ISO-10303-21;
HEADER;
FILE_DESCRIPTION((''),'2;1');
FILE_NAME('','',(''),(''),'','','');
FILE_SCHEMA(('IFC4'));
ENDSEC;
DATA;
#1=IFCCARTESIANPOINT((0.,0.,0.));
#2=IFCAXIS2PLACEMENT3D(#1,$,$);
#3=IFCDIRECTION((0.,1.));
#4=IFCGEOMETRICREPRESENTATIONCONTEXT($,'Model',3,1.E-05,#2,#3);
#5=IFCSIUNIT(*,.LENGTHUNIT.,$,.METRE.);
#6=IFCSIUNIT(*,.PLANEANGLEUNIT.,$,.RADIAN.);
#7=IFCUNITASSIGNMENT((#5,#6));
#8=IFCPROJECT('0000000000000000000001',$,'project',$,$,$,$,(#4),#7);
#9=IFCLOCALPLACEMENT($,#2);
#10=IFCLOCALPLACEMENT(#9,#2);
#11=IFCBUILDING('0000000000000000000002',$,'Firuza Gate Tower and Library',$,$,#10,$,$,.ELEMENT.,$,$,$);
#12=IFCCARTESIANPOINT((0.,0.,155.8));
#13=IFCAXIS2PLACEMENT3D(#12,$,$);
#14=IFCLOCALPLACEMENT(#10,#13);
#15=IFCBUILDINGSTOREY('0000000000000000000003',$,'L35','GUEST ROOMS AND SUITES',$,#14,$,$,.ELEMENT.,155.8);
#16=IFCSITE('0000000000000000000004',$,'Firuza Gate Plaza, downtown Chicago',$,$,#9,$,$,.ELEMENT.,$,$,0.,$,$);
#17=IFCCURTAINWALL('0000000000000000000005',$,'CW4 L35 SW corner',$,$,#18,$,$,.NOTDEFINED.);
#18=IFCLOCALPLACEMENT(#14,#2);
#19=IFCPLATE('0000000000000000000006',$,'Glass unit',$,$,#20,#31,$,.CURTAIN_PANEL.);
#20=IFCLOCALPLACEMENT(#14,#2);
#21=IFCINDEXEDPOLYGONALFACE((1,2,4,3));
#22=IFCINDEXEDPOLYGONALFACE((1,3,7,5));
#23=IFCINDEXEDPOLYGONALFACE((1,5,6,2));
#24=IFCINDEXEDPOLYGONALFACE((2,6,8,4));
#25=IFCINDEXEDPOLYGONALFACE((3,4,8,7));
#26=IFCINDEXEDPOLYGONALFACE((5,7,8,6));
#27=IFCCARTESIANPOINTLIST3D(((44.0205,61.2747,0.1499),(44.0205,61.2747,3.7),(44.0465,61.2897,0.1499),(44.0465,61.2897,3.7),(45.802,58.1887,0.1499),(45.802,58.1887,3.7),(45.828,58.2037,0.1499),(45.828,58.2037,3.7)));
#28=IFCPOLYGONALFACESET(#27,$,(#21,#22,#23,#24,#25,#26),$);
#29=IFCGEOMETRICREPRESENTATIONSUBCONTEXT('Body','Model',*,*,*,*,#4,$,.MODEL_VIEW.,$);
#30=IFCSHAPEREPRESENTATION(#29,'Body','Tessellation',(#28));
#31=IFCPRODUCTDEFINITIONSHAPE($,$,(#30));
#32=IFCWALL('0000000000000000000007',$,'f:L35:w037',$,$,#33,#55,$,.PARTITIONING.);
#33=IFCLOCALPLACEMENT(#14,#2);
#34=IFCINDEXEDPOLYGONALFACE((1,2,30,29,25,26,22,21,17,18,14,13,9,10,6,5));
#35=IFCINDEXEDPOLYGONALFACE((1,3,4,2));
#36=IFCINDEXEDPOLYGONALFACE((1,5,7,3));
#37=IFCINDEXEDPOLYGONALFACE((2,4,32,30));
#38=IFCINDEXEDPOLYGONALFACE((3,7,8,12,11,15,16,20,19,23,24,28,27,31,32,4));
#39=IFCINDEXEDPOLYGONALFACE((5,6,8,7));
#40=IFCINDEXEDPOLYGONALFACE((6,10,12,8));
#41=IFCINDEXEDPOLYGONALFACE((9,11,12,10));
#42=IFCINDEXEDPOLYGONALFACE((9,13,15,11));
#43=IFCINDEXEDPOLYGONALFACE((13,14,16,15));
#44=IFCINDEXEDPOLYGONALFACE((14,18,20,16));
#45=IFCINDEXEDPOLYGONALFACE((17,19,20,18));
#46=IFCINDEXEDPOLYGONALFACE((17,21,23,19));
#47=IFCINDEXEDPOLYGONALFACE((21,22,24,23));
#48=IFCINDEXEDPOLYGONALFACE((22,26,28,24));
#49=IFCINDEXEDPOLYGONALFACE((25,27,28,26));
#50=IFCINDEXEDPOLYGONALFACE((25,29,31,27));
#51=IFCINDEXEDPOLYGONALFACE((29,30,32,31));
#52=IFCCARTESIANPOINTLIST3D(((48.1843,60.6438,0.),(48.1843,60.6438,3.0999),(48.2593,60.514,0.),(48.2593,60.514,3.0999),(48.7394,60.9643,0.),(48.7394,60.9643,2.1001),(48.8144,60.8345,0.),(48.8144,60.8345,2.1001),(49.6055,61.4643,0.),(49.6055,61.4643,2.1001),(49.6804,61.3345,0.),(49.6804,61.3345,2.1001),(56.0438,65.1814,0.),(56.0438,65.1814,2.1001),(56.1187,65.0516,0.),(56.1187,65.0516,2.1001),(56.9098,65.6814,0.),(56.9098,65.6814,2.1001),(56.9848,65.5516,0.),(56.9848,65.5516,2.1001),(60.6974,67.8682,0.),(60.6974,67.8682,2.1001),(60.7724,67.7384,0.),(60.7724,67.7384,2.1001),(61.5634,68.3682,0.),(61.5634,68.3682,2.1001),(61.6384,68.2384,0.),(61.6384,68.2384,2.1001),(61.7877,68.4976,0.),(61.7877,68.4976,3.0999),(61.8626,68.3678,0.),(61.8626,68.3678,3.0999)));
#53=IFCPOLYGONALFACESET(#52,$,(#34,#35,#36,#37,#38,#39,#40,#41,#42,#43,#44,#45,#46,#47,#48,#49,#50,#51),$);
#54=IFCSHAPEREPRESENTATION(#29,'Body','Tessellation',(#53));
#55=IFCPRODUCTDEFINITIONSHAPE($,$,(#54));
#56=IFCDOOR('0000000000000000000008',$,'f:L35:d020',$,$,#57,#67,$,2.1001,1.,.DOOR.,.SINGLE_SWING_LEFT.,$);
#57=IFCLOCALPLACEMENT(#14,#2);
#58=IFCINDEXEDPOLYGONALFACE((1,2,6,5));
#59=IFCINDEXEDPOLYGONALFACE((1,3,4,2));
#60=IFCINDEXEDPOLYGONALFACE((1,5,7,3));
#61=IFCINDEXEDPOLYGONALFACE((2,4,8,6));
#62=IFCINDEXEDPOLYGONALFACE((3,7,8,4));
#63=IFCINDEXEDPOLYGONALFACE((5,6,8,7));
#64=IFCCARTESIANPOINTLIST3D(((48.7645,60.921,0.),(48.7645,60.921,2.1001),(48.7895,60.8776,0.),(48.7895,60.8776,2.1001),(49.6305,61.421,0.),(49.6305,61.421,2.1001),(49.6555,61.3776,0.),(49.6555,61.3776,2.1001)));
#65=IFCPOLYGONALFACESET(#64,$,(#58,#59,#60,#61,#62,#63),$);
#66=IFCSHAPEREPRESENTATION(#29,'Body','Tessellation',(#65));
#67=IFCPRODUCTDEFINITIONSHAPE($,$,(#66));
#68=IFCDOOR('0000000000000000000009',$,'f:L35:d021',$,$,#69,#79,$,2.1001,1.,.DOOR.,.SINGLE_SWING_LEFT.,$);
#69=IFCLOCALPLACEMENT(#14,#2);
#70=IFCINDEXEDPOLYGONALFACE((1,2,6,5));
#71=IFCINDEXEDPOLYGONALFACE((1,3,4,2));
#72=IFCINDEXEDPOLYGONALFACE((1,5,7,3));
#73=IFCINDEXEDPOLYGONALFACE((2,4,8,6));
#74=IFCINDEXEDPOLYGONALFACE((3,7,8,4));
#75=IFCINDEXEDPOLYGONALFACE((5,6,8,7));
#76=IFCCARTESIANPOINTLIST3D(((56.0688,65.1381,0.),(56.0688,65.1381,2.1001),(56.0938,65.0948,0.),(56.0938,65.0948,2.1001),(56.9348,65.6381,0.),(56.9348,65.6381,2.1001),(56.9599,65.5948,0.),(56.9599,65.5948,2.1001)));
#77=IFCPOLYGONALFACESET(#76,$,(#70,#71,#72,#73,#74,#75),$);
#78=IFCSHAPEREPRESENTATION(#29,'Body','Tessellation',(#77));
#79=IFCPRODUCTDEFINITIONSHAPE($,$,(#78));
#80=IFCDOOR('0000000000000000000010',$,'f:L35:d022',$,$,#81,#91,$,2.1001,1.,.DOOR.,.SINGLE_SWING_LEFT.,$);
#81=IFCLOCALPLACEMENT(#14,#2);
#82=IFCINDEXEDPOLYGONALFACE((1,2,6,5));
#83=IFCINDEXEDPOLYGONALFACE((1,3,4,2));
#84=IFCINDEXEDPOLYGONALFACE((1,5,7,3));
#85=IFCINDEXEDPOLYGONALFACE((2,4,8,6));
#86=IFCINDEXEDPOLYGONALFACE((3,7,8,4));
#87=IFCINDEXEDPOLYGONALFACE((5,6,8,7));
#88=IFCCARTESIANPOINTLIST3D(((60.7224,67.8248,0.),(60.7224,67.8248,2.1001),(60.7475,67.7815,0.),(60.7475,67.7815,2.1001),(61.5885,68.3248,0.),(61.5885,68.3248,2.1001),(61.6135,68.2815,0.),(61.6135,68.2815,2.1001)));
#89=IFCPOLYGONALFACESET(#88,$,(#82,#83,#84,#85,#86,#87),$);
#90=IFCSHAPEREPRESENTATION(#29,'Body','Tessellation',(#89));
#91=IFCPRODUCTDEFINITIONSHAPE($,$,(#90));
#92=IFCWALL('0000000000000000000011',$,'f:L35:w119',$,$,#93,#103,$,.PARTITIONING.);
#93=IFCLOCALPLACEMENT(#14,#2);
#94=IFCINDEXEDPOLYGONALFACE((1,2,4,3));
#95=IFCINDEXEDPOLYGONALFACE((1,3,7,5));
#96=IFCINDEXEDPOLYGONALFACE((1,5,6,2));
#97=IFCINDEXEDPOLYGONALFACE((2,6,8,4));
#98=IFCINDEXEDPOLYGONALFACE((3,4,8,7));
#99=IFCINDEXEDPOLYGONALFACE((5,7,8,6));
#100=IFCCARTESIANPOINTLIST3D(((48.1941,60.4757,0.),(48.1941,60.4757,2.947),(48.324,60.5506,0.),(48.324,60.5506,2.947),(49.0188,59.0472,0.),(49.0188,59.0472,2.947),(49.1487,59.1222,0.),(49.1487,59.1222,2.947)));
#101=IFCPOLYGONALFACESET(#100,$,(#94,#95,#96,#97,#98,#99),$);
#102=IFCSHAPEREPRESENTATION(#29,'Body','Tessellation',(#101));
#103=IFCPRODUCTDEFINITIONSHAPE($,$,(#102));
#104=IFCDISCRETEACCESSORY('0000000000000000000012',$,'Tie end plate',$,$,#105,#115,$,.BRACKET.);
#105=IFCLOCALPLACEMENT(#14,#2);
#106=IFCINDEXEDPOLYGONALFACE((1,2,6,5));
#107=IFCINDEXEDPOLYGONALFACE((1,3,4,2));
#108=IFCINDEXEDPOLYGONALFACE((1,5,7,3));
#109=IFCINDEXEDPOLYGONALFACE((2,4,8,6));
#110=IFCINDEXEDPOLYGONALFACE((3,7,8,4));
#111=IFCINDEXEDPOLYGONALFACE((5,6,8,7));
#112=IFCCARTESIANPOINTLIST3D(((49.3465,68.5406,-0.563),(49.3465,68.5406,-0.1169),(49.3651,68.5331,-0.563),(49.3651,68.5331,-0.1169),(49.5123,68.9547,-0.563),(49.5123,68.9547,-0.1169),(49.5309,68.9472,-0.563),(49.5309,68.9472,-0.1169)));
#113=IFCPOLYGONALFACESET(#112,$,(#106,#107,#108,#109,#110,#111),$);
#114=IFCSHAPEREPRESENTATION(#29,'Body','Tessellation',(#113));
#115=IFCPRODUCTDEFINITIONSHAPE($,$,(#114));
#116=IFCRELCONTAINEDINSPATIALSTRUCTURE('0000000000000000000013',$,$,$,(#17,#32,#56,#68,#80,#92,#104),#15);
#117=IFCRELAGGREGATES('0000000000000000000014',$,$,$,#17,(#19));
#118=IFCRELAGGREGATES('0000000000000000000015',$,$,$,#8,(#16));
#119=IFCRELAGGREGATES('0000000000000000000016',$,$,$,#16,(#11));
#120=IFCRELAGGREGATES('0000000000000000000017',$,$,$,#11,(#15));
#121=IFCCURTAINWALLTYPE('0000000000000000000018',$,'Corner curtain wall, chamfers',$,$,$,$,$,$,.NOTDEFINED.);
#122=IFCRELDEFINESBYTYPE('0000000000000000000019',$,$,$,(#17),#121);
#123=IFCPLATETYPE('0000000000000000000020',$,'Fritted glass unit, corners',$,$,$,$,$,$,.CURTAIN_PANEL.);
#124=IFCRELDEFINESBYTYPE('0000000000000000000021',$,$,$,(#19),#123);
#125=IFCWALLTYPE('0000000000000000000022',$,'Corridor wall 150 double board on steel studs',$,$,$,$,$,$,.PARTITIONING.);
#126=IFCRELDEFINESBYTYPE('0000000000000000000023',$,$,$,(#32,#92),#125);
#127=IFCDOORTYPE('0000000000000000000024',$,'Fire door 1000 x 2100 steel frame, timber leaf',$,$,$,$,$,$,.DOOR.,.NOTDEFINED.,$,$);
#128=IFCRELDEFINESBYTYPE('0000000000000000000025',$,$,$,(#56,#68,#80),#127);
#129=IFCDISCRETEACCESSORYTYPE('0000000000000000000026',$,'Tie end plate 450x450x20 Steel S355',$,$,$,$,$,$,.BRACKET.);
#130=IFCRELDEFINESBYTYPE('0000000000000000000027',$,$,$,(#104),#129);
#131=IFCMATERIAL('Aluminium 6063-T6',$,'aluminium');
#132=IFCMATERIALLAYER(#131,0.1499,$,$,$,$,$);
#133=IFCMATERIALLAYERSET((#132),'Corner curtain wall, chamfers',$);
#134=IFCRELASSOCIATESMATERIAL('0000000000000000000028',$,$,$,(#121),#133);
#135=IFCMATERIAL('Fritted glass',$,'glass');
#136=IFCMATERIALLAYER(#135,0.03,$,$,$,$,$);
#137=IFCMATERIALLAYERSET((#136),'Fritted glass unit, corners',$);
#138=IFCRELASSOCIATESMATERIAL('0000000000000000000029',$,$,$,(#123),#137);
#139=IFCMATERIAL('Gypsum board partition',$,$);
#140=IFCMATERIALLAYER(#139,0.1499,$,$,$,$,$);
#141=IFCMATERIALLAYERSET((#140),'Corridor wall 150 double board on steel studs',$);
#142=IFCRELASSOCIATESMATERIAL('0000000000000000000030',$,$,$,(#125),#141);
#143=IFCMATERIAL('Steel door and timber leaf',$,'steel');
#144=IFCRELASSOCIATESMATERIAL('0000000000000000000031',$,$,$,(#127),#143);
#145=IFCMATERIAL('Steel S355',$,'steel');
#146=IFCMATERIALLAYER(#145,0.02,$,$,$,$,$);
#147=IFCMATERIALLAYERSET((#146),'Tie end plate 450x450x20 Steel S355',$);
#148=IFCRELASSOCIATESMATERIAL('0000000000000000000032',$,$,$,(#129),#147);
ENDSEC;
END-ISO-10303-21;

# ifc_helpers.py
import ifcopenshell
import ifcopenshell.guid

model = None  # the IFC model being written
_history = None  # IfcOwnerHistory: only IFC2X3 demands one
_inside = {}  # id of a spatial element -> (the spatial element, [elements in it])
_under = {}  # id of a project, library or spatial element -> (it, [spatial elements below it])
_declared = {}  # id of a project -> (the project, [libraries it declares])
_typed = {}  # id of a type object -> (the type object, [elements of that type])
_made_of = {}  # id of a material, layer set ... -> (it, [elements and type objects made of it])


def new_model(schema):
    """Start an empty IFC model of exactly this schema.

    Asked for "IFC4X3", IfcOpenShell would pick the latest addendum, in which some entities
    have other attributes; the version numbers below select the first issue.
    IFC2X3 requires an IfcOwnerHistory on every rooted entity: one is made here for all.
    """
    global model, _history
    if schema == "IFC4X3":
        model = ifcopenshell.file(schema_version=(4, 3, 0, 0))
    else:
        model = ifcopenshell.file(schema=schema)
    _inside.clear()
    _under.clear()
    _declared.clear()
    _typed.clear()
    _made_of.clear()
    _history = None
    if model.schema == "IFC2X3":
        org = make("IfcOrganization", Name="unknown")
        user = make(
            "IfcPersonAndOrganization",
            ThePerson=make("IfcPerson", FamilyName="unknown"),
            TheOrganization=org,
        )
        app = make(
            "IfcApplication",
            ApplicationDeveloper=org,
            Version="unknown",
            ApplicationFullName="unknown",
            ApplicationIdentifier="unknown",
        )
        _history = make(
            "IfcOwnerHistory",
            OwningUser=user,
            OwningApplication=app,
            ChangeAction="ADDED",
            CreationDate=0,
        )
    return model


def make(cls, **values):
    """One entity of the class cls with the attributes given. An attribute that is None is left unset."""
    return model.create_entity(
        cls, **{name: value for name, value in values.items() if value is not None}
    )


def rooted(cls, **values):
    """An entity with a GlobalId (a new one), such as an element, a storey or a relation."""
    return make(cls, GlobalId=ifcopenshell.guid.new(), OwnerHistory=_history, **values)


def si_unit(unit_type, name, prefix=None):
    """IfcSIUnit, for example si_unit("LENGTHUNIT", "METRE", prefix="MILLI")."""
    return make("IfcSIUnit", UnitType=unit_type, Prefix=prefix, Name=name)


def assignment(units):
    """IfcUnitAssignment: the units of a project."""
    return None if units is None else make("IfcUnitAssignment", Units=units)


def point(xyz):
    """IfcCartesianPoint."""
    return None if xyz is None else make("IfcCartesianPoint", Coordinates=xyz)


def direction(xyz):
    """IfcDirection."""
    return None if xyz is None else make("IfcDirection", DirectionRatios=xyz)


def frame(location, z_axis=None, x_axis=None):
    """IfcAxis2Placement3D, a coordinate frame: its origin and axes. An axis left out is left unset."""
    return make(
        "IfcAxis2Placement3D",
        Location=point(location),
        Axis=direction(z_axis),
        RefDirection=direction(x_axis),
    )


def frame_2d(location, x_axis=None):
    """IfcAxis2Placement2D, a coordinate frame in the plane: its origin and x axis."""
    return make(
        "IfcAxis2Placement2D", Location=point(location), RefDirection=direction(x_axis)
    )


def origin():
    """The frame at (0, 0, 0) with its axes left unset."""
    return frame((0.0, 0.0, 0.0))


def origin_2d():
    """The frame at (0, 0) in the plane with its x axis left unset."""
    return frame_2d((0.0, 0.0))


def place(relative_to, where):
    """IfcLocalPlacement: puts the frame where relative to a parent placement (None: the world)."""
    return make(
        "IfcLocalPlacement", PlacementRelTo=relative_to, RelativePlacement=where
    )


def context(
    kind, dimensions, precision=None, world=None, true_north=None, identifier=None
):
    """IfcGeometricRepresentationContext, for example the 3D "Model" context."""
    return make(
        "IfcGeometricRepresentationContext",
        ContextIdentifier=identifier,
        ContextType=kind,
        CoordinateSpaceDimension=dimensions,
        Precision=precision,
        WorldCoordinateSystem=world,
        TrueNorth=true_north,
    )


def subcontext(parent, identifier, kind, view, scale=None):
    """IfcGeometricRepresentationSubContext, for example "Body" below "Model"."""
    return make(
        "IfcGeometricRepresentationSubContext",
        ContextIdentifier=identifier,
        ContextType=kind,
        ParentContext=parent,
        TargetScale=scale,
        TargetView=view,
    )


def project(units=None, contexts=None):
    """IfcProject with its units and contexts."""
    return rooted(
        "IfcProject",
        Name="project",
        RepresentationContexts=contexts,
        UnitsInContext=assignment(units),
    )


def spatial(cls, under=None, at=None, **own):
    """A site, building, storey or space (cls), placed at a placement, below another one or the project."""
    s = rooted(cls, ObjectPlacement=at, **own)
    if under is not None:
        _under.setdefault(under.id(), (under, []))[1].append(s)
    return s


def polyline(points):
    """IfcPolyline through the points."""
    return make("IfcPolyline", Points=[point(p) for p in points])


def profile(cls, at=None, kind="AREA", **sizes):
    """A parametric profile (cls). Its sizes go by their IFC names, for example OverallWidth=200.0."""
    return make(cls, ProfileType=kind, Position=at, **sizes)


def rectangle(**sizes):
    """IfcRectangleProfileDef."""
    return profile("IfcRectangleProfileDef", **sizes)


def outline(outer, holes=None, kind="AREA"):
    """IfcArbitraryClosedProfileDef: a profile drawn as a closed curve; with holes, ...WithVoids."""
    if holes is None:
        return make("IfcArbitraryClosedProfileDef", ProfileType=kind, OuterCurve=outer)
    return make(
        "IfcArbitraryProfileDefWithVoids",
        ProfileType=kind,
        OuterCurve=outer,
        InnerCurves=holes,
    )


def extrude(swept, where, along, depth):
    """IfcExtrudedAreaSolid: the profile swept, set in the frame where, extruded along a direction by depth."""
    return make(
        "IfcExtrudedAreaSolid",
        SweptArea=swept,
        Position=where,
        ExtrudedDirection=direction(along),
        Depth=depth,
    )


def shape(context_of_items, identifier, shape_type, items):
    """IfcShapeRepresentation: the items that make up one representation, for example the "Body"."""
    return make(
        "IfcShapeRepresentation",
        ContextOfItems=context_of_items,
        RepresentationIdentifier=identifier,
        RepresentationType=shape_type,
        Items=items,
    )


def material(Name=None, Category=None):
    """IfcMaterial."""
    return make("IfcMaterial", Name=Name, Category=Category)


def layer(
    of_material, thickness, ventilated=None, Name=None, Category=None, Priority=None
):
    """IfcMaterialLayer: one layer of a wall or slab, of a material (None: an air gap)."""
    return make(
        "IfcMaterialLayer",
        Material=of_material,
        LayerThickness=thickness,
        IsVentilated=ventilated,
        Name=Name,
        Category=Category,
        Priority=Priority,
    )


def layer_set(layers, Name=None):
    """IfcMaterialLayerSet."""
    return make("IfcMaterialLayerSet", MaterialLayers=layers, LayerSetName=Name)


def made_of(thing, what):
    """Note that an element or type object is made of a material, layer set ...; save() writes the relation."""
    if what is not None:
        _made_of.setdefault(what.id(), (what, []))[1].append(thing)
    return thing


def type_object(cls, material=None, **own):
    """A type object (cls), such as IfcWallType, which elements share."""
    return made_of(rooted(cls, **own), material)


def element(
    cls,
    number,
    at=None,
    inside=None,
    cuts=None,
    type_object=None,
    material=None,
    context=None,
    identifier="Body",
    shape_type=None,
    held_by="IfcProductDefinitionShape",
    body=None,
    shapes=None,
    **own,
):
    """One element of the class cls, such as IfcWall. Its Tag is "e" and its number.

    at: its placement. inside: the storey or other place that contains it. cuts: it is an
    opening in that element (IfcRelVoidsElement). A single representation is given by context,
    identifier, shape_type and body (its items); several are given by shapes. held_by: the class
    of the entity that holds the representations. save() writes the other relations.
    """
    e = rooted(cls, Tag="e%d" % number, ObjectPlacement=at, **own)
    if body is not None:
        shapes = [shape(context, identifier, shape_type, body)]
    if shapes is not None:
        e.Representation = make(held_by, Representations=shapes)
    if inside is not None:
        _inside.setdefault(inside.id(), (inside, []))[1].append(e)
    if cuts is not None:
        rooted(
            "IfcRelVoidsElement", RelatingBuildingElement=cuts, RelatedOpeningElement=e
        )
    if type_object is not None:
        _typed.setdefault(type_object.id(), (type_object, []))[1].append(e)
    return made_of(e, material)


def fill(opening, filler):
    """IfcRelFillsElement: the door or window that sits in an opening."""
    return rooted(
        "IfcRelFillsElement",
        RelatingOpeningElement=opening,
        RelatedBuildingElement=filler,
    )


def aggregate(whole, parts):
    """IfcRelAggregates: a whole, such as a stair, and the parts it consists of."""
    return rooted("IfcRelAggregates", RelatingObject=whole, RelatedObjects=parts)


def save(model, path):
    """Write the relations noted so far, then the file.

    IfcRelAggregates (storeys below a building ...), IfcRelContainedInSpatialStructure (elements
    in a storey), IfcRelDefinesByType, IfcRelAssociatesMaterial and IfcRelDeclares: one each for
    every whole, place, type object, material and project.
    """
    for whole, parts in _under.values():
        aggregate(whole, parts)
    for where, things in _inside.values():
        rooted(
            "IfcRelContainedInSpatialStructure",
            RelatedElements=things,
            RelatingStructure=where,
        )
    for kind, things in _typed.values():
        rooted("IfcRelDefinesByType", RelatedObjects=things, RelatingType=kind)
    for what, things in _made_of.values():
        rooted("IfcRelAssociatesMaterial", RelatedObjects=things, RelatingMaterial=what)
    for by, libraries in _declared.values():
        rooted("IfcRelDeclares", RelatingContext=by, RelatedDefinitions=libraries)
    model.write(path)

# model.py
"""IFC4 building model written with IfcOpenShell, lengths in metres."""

from ifc_helpers import new_model, si_unit, direction, frame, frame_2d, origin, origin_2d, place, context, subcontext, project, spatial, polyline, rectangle, outline, extrude, material, layer, layer_set, type_object, element, fill, aggregate, save


model = new_model("IFC4")

# Units and contexts
model_context = context("Model", 3, precision=1e-05, world=origin(), true_north=direction((0.0, 1.0)))
body_context = subcontext(model_context, "Body", "Model", "MODEL_VIEW")
ifc_project = project(units=[si_unit("LENGTHUNIT", "METRE"), si_unit("PLANEANGLEUNIT", "RADIAN")], contexts=[model_context])

# Site, building, storey
site_placement = place(None, origin())
site = spatial("IfcSite", under=ifc_project, at=site_placement, Name="Firuza Gate Plaza, downtown Chicago", CompositionType="ELEMENT", RefElevation=0.0)
building_placement = place(site_placement, origin())
building = spatial("IfcBuilding", under=site, at=building_placement, Name="Firuza Gate Tower and Library", CompositionType="ELEMENT")
storey_placement = place(building_placement, frame((0.0, 0.0, 155.8)))
storey = spatial("IfcBuildingStorey", under=building, at=storey_placement, Name="L35", Description="GUEST ROOMS AND SUITES", CompositionType="ELEMENT", Elevation=155.8)

# Curtain wall
ifc_material_1 = material(Name="Aluminium 6063-T6", Category="aluminium")
ifc_layer_1 = layer(ifc_material_1, 0.1499)
ifc_layer_set_1 = layer_set([ifc_layer_1], Name="Corner curtain wall, chamfers")
curtain_wall_type = type_object("IfcCurtainWallType", Name="Corner curtain wall, chamfers", PredefinedType="NOTDEFINED", material=ifc_layer_set_1)
curtain_wall_placement = place(storey_placement, origin())
curtain_wall = element("IfcCurtainWall", 1, at=curtain_wall_placement, inside=storey, type_object=curtain_wall_type, Name="CW4 L35 SW corner", PredefinedType="NOTDEFINED")

# Plate
ifc_material_2 = material(Name="Fritted glass", Category="glass")
ifc_layer_2 = layer(ifc_material_2, 0.03)
ifc_layer_set_2 = layer_set([ifc_layer_2], Name="Fritted glass unit, corners")
plate_type = type_object("IfcPlateType", Name="Fritted glass unit, corners", PredefinedType="CURTAIN_PANEL", material=ifc_layer_set_2)
plate_placement = place(storey_placement, frame((44.0205, 61.2747, 0.1499), z_axis=(-0.866046, -0.499964, 0.0), x_axis=(0.499964, -0.866046, 0.0)))
plate = element("IfcPlate", 2, at=plate_placement, type_object=plate_type, Name="Glass unit", PredefinedType="CURTAIN_PANEL", context=body_context, shape_type="SweptSolid", body=[
    extrude(outline(polyline([(0.0, 0.0), (3.5632, 0.0), (3.5632, 3.55), (0.0, 3.55), (0.0, 0.0)])), origin(), (0.0, 0.0, -1.0), 0.03),
])
aggregate(curtain_wall, [plate])

# Wall, openings, doors
ifc_material_3 = material(Name="Gypsum board partition")
ifc_layer_3 = layer(ifc_material_3, 0.1499)
ifc_layer_set_3 = layer_set([ifc_layer_3], Name="Corridor wall 150 double board on steel studs")
wall_type = type_object("IfcWallType", Name="Corridor wall 150 double board on steel studs", PredefinedType="PARTITIONING", material=ifc_layer_set_3)
wall_1_placement = place(storey_placement, frame((48.2217, 60.5789, 0.0), z_axis=(0.0, 0.0, 1.0), x_axis=(0.866028, 0.499996, 0.0)))
wall_1 = element("IfcWall", 3, at=wall_1_placement, inside=storey, type_object=wall_type, Name="f:L35:w037", PredefinedType="PARTITIONING", context=body_context, shape_type="SweptSolid", body=[
    extrude(rectangle(XDim=15.7078, YDim=0.1499, at=frame_2d((7.854, 0.0))), origin(), (0.0, 0.0, 1.0), 3.0999),
])
opening_1_placement = place(wall_1_placement, frame((0.6411, 0.0, 0.0)))
opening_1 = element("IfcOpeningElement", 4, at=opening_1_placement, cuts=wall_1, PredefinedType="OPENING", context=body_context, shape_type="SweptSolid", body=[
    extrude(rectangle(XDim=1.0, YDim=2.1001, at=frame_2d((0.5, 1.05))), frame((0.0, 0.085, 0.0), z_axis=(0.0, -1.0, 0.0), x_axis=(1.0, 0.0, 0.0)), (0.0, 0.0, 1.0), 0.1699),
])
opening_2_placement = place(wall_1_placement, frame((9.0754, 0.0, 0.0)))
opening_2 = element("IfcOpeningElement", 5, at=opening_2_placement, cuts=wall_1, PredefinedType="OPENING", context=body_context, shape_type="SweptSolid", body=[
    extrude(rectangle(XDim=1.0, YDim=2.1001, at=frame_2d((0.5, 1.05))), frame((0.0, 0.085, 0.0), z_axis=(0.0, -1.0, 0.0), x_axis=(1.0, 0.0, 0.0)), (0.0, 0.0, 1.0), 0.1699),
])
opening_3_placement = place(wall_1_placement, frame((14.449, 0.0, 0.0)))
opening_3 = element("IfcOpeningElement", 6, at=opening_3_placement, cuts=wall_1, PredefinedType="OPENING", context=body_context, shape_type="SweptSolid", body=[
    extrude(rectangle(XDim=1.0, YDim=2.1001, at=frame_2d((0.5, 1.05))), frame((0.0, 0.085, 0.0), z_axis=(0.0, -1.0, 0.0), x_axis=(1.0, 0.0, 0.0)), (0.0, 0.0, 1.0), 0.1699),
])
ifc_material_4 = material(Name="Steel door and timber leaf", Category="steel")
door_type = type_object("IfcDoorType", Name="Fire door 1000 x 2100 steel frame, timber leaf", OperationType="NOTDEFINED", PredefinedType="DOOR", material=ifc_material_4)
door_1_placement = place(opening_1_placement, origin())
door_1 = element("IfcDoor", 7, at=door_1_placement, inside=storey, type_object=door_type, Name="f:L35:d020", OperationType="SINGLE_SWING_LEFT", OverallHeight=2.1001, OverallWidth=1.0, PredefinedType="DOOR", context=body_context, shape_type="SweptSolid", body=[
    extrude(rectangle(XDim=1.0, YDim=2.1001, at=frame_2d((0.5, 1.05))), frame((0.0, 0.0249, 0.0), z_axis=(0.0, -1.0, 0.0), x_axis=(1.0, 0.0, 0.0)), (0.0, 0.0, 1.0), 0.05),
])
fill(opening_1, door_1)
door_2_placement = place(opening_2_placement, origin())
door_2 = element("IfcDoor", 8, at=door_2_placement, inside=storey, type_object=door_type, Name="f:L35:d021", OperationType="SINGLE_SWING_LEFT", OverallHeight=2.1001, OverallWidth=1.0, PredefinedType="DOOR", context=body_context, shape_type="SweptSolid", body=[
    extrude(rectangle(XDim=1.0, YDim=2.1001, at=frame_2d((0.5, 1.05))), frame((0.0, 0.0249, 0.0), z_axis=(0.0, -1.0, 0.0), x_axis=(1.0, 0.0, 0.0)), (0.0, 0.0, 1.0), 0.05),
])
fill(opening_2, door_2)
door_3_placement = place(opening_3_placement, origin())
door_3 = element("IfcDoor", 9, at=door_3_placement, inside=storey, type_object=door_type, Name="f:L35:d022", OperationType="SINGLE_SWING_LEFT", OverallHeight=2.1001, OverallWidth=1.0, PredefinedType="DOOR", context=body_context, shape_type="SweptSolid", body=[
    extrude(rectangle(XDim=1.0, YDim=2.1001, at=frame_2d((0.5, 1.05))), frame((0.0, 0.0249, 0.0), z_axis=(0.0, -1.0, 0.0), x_axis=(1.0, 0.0, 0.0)), (0.0, 0.0, 1.0), 0.05),
])
fill(opening_3, door_3)

# Wall
wall_2_placement = place(storey_placement, frame((49.0837, 59.0847, 0.0), z_axis=(0.0, 0.0, 1.0), x_axis=(-0.499992, 0.86603, 0.0)))
element("IfcWall", 10, at=wall_2_placement, inside=storey, type_object=wall_type, Name="f:L35:w119", PredefinedType="PARTITIONING", context=body_context, shape_type="SweptSolid", body=[
    extrude(rectangle(XDim=1.6494, YDim=0.1499, at=frame_2d((0.8247, 0.0))), origin(), (0.0, 0.0, 1.0), 2.947),
])

# Discrete accessory
ifc_material_5 = material(Name="Steel S355", Category="steel")
ifc_layer_4 = layer(ifc_material_5, 0.02)
ifc_layer_set_4 = layer_set([ifc_layer_4], Name="Tie end plate 450x450x20 Steel S355")
discrete_accessory_type = type_object("IfcDiscreteAccessoryType", Name="Tie end plate 450x450x20 Steel S355", PredefinedType="BRACKET", material=ifc_layer_set_4)
discrete_accessory_placement = place(storey_placement, frame((49.4387, 68.7439, -0.563), z_axis=(0.0, 0.0, 1.0), x_axis=(0.928365, -0.371669, 0.0)))
element("IfcDiscreteAccessory", 11, at=discrete_accessory_placement, inside=storey, type_object=discrete_accessory_type, Name="Tie end plate", PredefinedType="BRACKET", context=body_context, shape_type="SweptSolid", body=[
    extrude(rectangle(XDim=0.02, YDim=0.446, at=origin_2d()), origin(), (0.0, 0.0, 1.0), 0.446),
])

save(model, "model.ifc")
